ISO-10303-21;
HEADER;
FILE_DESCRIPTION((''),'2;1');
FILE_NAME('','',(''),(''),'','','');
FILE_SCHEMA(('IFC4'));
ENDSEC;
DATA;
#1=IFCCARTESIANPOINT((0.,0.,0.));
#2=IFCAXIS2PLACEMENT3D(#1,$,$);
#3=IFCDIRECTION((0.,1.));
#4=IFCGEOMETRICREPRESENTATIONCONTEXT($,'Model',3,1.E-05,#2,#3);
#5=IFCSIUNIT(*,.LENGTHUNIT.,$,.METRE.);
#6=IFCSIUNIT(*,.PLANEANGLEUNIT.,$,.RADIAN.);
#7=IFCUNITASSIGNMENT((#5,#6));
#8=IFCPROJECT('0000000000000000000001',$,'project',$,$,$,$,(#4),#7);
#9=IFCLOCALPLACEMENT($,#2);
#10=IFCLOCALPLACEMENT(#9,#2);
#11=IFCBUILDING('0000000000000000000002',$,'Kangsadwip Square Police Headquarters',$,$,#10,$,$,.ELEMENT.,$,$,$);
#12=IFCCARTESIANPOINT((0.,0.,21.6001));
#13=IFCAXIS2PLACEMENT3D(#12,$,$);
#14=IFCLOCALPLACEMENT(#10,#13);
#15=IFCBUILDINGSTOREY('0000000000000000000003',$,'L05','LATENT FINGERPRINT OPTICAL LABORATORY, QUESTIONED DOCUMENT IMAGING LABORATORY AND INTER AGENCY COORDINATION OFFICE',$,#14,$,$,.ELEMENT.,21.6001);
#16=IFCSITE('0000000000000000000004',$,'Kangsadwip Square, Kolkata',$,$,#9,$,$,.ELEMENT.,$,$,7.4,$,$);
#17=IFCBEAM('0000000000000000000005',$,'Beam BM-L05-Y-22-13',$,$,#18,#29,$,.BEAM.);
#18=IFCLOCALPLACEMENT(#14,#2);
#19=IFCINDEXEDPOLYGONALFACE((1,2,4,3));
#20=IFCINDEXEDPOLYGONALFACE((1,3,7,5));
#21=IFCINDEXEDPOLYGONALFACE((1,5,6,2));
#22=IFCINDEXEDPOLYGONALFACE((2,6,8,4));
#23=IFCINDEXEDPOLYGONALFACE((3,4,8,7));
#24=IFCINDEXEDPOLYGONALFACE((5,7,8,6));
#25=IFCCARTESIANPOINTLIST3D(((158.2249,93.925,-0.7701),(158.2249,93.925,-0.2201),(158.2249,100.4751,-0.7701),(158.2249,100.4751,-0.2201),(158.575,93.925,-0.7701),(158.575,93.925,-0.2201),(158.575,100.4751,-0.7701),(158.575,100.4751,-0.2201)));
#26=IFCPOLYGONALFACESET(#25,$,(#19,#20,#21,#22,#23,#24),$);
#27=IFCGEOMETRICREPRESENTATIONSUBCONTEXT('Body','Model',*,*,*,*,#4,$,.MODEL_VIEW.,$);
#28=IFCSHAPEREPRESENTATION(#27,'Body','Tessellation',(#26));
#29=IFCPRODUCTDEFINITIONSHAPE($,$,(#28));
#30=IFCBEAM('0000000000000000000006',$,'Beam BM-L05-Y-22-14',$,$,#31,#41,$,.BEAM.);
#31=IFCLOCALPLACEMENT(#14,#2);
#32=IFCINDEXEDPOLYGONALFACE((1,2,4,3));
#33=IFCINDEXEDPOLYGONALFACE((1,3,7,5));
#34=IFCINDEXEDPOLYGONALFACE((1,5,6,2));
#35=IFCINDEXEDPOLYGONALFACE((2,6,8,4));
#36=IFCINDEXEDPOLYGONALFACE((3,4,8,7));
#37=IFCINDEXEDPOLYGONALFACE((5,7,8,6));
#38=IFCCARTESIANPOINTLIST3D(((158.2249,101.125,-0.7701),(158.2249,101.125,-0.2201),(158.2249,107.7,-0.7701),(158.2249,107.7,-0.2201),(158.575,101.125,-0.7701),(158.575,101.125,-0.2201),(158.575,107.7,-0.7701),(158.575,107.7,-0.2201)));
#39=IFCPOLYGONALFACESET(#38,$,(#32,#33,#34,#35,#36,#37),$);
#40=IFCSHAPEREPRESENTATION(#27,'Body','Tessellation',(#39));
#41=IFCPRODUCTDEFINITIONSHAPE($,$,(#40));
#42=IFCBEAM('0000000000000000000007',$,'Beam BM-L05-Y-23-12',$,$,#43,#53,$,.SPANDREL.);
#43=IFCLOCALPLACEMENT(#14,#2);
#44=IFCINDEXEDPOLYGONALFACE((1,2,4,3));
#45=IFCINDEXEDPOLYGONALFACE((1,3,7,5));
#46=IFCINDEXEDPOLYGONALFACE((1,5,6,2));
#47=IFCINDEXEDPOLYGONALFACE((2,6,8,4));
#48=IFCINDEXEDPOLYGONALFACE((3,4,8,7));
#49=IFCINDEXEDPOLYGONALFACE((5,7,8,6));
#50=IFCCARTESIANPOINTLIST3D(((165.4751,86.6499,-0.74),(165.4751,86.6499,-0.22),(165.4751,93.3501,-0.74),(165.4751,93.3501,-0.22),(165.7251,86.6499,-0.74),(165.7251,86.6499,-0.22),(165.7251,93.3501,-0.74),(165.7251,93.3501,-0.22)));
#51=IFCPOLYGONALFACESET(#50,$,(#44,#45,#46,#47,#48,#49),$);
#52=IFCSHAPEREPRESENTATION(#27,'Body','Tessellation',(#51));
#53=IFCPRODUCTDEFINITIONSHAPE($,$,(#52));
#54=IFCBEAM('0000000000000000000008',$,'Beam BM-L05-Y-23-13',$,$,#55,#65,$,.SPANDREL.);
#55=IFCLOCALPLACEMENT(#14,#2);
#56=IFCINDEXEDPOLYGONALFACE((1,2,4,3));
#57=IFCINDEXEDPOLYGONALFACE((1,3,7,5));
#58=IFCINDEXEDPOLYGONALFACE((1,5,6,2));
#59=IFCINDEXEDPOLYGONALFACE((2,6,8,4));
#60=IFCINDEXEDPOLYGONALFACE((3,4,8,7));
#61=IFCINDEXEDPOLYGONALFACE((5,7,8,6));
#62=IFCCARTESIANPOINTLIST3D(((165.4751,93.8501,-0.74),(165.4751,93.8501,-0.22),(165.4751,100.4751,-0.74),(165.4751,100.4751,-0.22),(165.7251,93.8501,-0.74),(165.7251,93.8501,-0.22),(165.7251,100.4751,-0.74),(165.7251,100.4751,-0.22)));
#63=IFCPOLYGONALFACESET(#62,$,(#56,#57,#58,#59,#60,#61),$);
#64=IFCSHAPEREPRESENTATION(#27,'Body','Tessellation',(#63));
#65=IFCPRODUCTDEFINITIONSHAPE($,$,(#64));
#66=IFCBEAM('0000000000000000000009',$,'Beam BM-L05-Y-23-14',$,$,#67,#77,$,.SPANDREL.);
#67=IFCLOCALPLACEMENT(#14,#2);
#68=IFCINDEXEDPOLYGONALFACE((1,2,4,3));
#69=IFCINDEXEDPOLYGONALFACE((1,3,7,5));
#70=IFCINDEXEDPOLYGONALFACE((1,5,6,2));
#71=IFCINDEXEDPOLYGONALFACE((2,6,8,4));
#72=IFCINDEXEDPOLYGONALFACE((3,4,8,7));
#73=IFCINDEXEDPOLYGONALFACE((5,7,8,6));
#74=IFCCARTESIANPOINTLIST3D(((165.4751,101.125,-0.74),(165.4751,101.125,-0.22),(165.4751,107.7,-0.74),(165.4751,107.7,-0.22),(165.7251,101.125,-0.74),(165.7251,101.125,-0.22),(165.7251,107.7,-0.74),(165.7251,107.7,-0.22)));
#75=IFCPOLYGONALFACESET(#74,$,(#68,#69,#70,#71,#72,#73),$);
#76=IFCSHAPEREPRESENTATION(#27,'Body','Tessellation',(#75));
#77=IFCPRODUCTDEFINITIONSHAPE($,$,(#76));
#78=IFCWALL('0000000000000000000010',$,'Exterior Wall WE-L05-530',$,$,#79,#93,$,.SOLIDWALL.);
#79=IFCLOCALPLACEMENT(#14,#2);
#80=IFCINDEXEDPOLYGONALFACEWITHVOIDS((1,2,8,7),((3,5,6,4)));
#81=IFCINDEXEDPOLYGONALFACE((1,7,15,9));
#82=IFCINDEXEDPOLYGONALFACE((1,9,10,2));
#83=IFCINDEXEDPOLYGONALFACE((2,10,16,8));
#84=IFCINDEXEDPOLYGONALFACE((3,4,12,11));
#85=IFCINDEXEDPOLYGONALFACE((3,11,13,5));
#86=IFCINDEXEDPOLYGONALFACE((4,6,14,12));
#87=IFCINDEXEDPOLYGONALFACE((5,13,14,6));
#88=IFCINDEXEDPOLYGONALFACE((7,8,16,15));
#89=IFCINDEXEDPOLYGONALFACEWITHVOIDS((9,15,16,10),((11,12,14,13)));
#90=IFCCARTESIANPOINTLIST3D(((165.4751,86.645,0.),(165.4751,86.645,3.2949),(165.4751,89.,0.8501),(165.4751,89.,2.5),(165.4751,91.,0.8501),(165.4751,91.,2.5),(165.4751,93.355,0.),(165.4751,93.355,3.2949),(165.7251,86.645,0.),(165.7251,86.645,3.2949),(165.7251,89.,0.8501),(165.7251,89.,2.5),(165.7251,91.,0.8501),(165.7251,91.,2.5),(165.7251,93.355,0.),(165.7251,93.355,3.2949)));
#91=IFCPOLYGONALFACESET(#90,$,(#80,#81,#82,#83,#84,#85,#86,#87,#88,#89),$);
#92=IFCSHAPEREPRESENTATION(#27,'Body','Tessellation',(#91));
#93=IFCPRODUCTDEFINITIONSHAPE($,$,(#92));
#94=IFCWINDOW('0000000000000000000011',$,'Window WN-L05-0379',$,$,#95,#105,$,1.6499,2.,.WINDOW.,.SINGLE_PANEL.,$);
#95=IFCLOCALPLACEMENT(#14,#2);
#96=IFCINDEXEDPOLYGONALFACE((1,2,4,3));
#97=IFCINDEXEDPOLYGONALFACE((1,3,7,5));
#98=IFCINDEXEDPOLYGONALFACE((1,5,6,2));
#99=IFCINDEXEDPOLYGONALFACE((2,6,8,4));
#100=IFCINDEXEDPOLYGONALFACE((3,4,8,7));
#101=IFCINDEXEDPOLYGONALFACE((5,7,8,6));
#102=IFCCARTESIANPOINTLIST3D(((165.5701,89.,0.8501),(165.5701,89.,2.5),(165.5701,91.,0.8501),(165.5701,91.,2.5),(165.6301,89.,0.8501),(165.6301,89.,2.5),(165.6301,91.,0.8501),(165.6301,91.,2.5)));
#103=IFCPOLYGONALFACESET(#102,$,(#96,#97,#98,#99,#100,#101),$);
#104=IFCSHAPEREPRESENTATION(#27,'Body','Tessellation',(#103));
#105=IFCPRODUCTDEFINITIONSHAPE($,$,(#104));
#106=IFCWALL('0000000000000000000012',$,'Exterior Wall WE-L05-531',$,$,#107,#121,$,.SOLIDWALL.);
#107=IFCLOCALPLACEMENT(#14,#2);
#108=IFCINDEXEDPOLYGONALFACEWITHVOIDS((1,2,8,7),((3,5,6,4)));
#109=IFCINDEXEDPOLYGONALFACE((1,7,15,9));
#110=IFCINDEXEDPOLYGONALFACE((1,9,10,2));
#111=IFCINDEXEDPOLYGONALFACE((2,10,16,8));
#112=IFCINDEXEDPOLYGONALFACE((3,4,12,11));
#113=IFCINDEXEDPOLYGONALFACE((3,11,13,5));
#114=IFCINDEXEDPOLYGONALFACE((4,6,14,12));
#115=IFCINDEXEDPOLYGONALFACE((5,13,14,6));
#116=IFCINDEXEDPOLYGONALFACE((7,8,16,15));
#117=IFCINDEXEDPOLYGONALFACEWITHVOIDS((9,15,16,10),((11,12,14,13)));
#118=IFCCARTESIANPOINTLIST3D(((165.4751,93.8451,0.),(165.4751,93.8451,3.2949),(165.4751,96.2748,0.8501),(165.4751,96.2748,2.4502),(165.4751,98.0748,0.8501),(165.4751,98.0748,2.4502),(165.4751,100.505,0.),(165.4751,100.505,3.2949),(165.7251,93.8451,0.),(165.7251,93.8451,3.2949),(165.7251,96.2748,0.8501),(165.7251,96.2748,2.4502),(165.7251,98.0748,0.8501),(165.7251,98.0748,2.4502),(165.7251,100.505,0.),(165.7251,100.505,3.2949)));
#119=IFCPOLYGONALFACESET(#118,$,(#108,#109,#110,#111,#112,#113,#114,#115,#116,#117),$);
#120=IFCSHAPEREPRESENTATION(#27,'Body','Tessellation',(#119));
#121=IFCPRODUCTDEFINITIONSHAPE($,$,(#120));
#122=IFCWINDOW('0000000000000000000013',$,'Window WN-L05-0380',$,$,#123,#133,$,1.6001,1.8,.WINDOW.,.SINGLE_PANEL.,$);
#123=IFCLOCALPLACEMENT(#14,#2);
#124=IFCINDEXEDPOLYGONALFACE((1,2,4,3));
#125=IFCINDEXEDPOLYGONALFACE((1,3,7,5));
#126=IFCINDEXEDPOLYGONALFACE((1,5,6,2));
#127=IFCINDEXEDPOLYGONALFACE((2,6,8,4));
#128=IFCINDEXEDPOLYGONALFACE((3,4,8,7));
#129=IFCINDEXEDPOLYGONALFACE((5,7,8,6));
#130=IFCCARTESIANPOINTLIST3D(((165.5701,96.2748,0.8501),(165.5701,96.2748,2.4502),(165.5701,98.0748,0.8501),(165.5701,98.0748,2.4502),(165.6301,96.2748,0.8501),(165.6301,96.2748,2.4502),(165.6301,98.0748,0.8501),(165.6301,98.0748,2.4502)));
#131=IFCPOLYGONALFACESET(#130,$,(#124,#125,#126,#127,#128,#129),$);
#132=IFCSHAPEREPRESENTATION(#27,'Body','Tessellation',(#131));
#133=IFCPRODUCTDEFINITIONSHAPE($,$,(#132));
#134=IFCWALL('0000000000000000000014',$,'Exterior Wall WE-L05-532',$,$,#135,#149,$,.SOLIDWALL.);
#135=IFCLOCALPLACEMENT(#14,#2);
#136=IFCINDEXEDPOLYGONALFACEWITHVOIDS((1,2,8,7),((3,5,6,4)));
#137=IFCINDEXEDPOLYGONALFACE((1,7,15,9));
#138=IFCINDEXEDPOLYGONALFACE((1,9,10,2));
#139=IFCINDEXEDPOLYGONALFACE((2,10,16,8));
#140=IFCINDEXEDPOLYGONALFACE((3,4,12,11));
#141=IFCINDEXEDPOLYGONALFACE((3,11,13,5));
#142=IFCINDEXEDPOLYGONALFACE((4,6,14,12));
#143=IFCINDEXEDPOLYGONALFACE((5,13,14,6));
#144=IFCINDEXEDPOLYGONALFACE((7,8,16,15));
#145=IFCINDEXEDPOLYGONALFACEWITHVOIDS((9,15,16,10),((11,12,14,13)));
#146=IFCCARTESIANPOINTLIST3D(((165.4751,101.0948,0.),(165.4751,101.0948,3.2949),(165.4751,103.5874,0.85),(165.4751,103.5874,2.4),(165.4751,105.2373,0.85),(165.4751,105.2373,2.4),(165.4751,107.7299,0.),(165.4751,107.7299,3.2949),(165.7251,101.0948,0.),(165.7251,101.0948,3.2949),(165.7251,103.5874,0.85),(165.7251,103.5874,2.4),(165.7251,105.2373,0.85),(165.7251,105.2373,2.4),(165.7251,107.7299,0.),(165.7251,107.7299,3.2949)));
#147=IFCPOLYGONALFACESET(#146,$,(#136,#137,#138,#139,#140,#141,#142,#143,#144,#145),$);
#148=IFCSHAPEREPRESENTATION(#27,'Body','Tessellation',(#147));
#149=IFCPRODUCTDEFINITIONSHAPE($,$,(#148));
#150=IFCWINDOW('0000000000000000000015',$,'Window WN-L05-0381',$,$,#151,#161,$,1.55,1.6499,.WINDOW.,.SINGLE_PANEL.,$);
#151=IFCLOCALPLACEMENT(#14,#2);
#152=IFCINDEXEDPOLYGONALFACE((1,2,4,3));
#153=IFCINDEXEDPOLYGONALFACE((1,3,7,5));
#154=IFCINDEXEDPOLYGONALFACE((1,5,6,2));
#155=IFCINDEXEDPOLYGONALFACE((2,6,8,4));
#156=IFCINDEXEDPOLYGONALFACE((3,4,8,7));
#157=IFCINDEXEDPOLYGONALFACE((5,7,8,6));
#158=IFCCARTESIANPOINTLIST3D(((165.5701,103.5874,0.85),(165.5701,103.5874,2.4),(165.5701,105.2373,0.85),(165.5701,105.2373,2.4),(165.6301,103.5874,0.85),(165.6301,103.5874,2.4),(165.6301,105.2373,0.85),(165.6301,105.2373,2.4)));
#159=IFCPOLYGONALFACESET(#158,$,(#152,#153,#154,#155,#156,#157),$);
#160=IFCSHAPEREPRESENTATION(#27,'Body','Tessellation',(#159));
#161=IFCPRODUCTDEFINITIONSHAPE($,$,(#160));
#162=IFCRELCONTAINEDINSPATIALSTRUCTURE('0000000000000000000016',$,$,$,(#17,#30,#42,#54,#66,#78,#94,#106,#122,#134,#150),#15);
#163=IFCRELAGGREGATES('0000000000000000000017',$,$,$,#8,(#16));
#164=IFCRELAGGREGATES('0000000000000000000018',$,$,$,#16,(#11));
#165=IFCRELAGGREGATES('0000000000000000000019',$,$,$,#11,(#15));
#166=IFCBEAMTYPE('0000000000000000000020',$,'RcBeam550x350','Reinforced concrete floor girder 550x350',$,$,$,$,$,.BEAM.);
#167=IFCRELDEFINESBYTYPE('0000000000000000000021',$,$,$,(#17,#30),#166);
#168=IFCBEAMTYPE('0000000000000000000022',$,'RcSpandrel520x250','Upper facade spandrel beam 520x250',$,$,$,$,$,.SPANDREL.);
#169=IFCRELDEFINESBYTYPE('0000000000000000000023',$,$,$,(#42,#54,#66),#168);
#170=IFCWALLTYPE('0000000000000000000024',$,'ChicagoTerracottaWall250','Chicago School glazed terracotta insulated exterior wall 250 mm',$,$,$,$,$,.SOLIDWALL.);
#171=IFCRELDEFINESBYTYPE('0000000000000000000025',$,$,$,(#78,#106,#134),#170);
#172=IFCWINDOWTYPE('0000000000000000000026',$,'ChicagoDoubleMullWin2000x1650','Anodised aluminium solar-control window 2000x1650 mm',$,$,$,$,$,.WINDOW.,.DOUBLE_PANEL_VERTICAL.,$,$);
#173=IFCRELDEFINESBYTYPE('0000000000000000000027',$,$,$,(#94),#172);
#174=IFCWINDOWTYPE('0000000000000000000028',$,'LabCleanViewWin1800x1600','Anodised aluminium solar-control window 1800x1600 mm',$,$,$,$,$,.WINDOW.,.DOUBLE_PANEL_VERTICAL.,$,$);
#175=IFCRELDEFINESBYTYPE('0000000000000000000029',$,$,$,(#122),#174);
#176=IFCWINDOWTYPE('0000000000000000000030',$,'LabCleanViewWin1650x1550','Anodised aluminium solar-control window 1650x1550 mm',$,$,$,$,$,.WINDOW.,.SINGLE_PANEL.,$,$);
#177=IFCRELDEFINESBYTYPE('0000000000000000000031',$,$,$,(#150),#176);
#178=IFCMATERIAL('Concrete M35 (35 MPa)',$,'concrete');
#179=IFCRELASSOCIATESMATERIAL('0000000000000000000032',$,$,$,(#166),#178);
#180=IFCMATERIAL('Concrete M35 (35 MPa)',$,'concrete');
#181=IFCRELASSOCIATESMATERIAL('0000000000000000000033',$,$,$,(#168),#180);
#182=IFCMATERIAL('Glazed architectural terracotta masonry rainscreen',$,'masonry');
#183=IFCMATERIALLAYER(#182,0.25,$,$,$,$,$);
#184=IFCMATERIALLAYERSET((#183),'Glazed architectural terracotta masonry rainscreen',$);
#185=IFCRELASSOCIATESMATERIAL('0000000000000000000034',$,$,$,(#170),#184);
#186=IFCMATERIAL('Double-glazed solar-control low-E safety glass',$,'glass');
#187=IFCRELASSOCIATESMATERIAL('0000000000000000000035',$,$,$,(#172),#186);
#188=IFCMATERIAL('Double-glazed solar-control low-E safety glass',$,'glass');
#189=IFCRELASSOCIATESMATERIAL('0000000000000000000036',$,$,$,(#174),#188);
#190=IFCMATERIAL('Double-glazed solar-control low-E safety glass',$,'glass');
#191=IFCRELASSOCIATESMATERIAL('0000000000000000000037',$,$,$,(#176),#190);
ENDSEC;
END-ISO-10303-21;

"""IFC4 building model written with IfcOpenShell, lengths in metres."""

from ifc_helpers import new_model, si_unit, direction, frame, frame_2d, origin, origin_2d, place, context, subcontext, project, spatial, rectangle, extrude, material, layer, layer_set, material_profile, profile_set, type_object, element, fill, save


model = new_model("IFC4")

# Units and contexts
model_context = context("Model", 3, precision=1e-05, world=origin(), true_north=direction((0.0, 1.0)))
body_context = subcontext(model_context, "Body", "Model", "MODEL_VIEW")
ifc_project = project(units=[si_unit("LENGTHUNIT", "METRE"), si_unit("PLANEANGLEUNIT", "RADIAN")], contexts=[model_context])

# Site, building, storey
site_placement = place(None, origin())
site = spatial("IfcSite", under=ifc_project, at=site_placement, Name="Kangsadwip Square, Kolkata", CompositionType="ELEMENT", RefElevation=7.4)
building_placement = place(site_placement, origin())
building = spatial("IfcBuilding", under=site, at=building_placement, Name="Kangsadwip Square Police Headquarters", CompositionType="ELEMENT")
storey_placement = place(building_placement, frame((0.0, 0.0, 21.6001)))
storey = spatial("IfcBuildingStorey", under=building, at=storey_placement, Name="L05", Description="LATENT FINGERPRINT OPTICAL LABORATORY, QUESTIONED DOCUMENT IMAGING LABORATORY AND INTER AGENCY COORDINATION OFFICE", CompositionType="ELEMENT", Elevation=21.6001)

# Beams
ifc_material_1 = material(Name="Concrete M35 (35 MPa)", Category="concrete")
ifc_material_profile_1 = material_profile(ifc_material_1, rectangle(XDim=0.3501, YDim=0.55, at=origin_2d()), Name="RC BM 550X350")
ifc_profile_set_1 = profile_set([ifc_material_profile_1], Name="Concrete M35 (35 MPa)")
beam_type_1 = type_object("IfcBeamType", Name="RcBeam550x350", Description="Reinforced concrete floor girder 550x350", PredefinedType="BEAM", material=ifc_profile_set_1)
beam_1_placement = place(storey_placement, frame((158.3999, 93.925, -0.4951), z_axis=(0.0, 1.0, 0.0), x_axis=(-1.0, 0.0, 0.0)))
element("IfcBeam", 1, at=beam_1_placement, inside=storey, type_object=beam_type_1, Name="Beam BM-L05-Y-22-13", PredefinedType="BEAM", context=body_context, shape_type="SweptSolid", body=[
    extrude(rectangle(XDim=0.3501, YDim=0.55, at=origin_2d()), origin(), (0.0, 0.0, 1.0), 6.55),
])
beam_2_placement = place(storey_placement, frame((158.3999, 101.125, -0.4951), z_axis=(0.0, 1.0, 0.0), x_axis=(-1.0, 0.0, 0.0)))
element("IfcBeam", 2, at=beam_2_placement, inside=storey, type_object=beam_type_1, Name="Beam BM-L05-Y-22-14", PredefinedType="BEAM", context=body_context, shape_type="SweptSolid", body=[
    extrude(rectangle(XDim=0.3501, YDim=0.55, at=origin_2d()), origin(), (0.0, 0.0, 1.0), 6.575),
])
ifc_material_2 = material(Name="Concrete M35 (35 MPa)", Category="concrete")
ifc_material_profile_2 = material_profile(ifc_material_2, rectangle(XDim=0.25, YDim=0.52, at=origin_2d()), Name="RC SPN 520X250")
ifc_profile_set_2 = profile_set([ifc_material_profile_2], Name="Concrete M35 (35 MPa)")
beam_type_2 = type_object("IfcBeamType", Name="RcSpandrel520x250", Description="Upper facade spandrel beam 520x250", PredefinedType="SPANDREL", material=ifc_profile_set_2)
beam_3_placement = place(storey_placement, frame((165.6001, 86.6499, -0.48), z_axis=(0.0, 1.0, 0.0), x_axis=(-1.0, 0.0, 0.0)))
element("IfcBeam", 3, at=beam_3_placement, inside=storey, type_object=beam_type_2, Name="Beam BM-L05-Y-23-12", PredefinedType="SPANDREL", context=body_context, shape_type="SweptSolid", body=[
    extrude(rectangle(XDim=0.25, YDim=0.52, at=origin_2d()), origin(), (0.0, 0.0, 1.0), 6.7002),
])
beam_4_placement = place(storey_placement, frame((165.6001, 93.8501, -0.48), z_axis=(0.0, 1.0, 0.0), x_axis=(-1.0, 0.0, 0.0)))
element("IfcBeam", 4, at=beam_4_placement, inside=storey, type_object=beam_type_2, Name="Beam BM-L05-Y-23-13", PredefinedType="SPANDREL", context=body_context, shape_type="SweptSolid", body=[
    extrude(rectangle(XDim=0.25, YDim=0.52, at=origin_2d()), origin(), (0.0, 0.0, 1.0), 6.625),
])
beam_5_placement = place(storey_placement, frame((165.6001, 101.125, -0.48), z_axis=(0.0, 1.0, 0.0), x_axis=(-1.0, 0.0, 0.0)))
element("IfcBeam", 5, at=beam_5_placement, inside=storey, type_object=beam_type_2, Name="Beam BM-L05-Y-23-14", PredefinedType="SPANDREL", context=body_context, shape_type="SweptSolid", body=[
    extrude(rectangle(XDim=0.25, YDim=0.52, at=origin_2d()), origin(), (0.0, 0.0, 1.0), 6.575),
])

# Walls, openings, windows
ifc_material_3 = material(Name="Glazed architectural terracotta masonry rainscreen", Category="masonry")
ifc_layer_1 = layer(ifc_material_3, 0.25)
ifc_layer_set_1 = layer_set([ifc_layer_1], Name="Glazed architectural terracotta masonry rainscreen")
wall_type_1 = type_object("IfcWallType", Name="ChicagoTerracottaWall250", Description="Chicago School glazed terracotta insulated exterior wall 250 mm", PredefinedType="SOLIDWALL", material=ifc_layer_set_1)
wall_1_placement = place(storey_placement, frame((165.6001, 86.645, 0.0), z_axis=(0.0, 0.0, 1.0), x_axis=(0.0, 1.0, 0.0)))
wall_1 = element("IfcWall", 6, at=wall_1_placement, inside=storey, type_object=wall_type_1, Name="Exterior Wall WE-L05-530", PredefinedType="SOLIDWALL", context=body_context, shape_type="SweptSolid", body=[
    extrude(rectangle(XDim=6.71, YDim=0.25, at=frame_2d((3.355, 0.0))), origin(), (0.0, 0.0, 1.0), 3.2949),
])
opening_1_placement = place(wall_1_placement, frame((2.355, 0.0, 0.8501)))
opening_1 = element("IfcOpeningElement", 7, at=opening_1_placement, cuts=wall_1, PredefinedType="OPENING", context=body_context, shape_type="SweptSolid", body=[
    extrude(rectangle(XDim=2.0, YDim=1.6499, at=frame_2d((1.0, 0.825))), frame((0.0, 0.135, 0.0), z_axis=(0.0, -1.0, 0.0), x_axis=(1.0, 0.0, 0.0)), (0.0, 0.0, 1.0), 0.27),
])
ifc_material_4 = material(Name="Double-glazed solar-control low-E safety glass", Category="glass")
window_type_1 = type_object("IfcWindowType", Name="ChicagoDoubleMullWin2000x1650", Description="Anodised aluminium solar-control window 2000x1650 mm", PartitioningType="DOUBLE_PANEL_VERTICAL", PredefinedType="WINDOW", material=ifc_material_4)
window_1_placement = place(opening_1_placement, origin())
window_1 = element("IfcWindow", 8, at=window_1_placement, inside=storey, type_object=window_type_1, Name="Window WN-L05-0379", OverallHeight=1.6499, OverallWidth=2.0, PartitioningType="SINGLE_PANEL", PredefinedType="WINDOW", context=body_context, shape_type="SweptSolid", body=[
    extrude(rectangle(XDim=2.0, YDim=1.6499, at=frame_2d((1.0, 0.825))), frame((0.0, 0.03, 0.0), z_axis=(0.0, -1.0, 0.0), x_axis=(1.0, 0.0, 0.0)), (0.0, 0.0, 1.0), 0.0601),
])
fill(opening_1, window_1)
wall_2_placement = place(storey_placement, frame((165.6001, 93.845, 0.0), z_axis=(0.0, 0.0, 1.0), x_axis=(0.0, 1.0, 0.0)))
wall_2 = element("IfcWall", 9, at=wall_2_placement, inside=storey, type_object=wall_type_1, Name="Exterior Wall WE-L05-531", PredefinedType="SOLIDWALL", context=body_context, shape_type="SweptSolid", body=[
    extrude(rectangle(XDim=6.6599, YDim=0.25, at=frame_2d((3.3301, 0.0))), origin(), (0.0, 0.0, 1.0), 3.2949),
])
opening_2_placement = place(wall_2_placement, frame((2.4299, 0.0, 0.8501)))
opening_2 = element("IfcOpeningElement", 10, at=opening_2_placement, cuts=wall_2, PredefinedType="OPENING", context=body_context, shape_type="SweptSolid", body=[
    extrude(rectangle(XDim=1.8, YDim=1.6001, at=frame_2d((0.8999, 0.8))), frame((0.0, 0.135, 0.0), z_axis=(0.0, -1.0, 0.0), x_axis=(1.0, 0.0, 0.0)), (0.0, 0.0, 1.0), 0.27),
])
ifc_material_5 = material(Name="Double-glazed solar-control low-E safety glass", Category="glass")
window_type_2 = type_object("IfcWindowType", Name="LabCleanViewWin1800x1600", Description="Anodised aluminium solar-control window 1800x1600 mm", PartitioningType="DOUBLE_PANEL_VERTICAL", PredefinedType="WINDOW", material=ifc_material_5)
window_2_placement = place(opening_2_placement, origin())
window_2 = element("IfcWindow", 11, at=window_2_placement, inside=storey, type_object=window_type_2, Name="Window WN-L05-0380", OverallHeight=1.6001, OverallWidth=1.8, PartitioningType="SINGLE_PANEL", PredefinedType="WINDOW", context=body_context, shape_type="SweptSolid", body=[
    extrude(rectangle(XDim=1.8, YDim=1.6001, at=frame_2d((0.8999, 0.8))), frame((0.0, 0.03, 0.0), z_axis=(0.0, -1.0, 0.0), x_axis=(1.0, 0.0, 0.0)), (0.0, 0.0, 1.0), 0.0601),
])
fill(opening_2, window_2)
wall_3_placement = place(storey_placement, frame((165.6001, 101.095, 0.0), z_axis=(0.0, 0.0, 1.0), x_axis=(0.0, 1.0, 0.0)))
wall_3 = element("IfcWall", 12, at=wall_3_placement, inside=storey, type_object=wall_type_1, Name="Exterior Wall WE-L05-532", PredefinedType="SOLIDWALL", context=body_context, shape_type="SweptSolid", body=[
    extrude(rectangle(XDim=6.635, YDim=0.25, at=frame_2d((3.3174, 0.0))), origin(), (0.0, 0.0, 1.0), 3.2949),
])
opening_3_placement = place(wall_3_placement, frame((2.4924, 0.0, 0.8501)))
opening_3 = element("IfcOpeningElement", 13, at=opening_3_placement, cuts=wall_3, PredefinedType="OPENING", context=body_context, shape_type="SweptSolid", body=[
    extrude(rectangle(XDim=1.6499, YDim=1.55, at=frame_2d((0.825, 0.7749))), frame((0.0, 0.135, 0.0), z_axis=(0.0, -1.0, 0.0), x_axis=(1.0, 0.0, 0.0)), (0.0, 0.0, 1.0), 0.27),
])
ifc_material_6 = material(Name="Double-glazed solar-control low-E safety glass", Category="glass")
window_type_3 = type_object("IfcWindowType", Name="LabCleanViewWin1650x1550", Description="Anodised aluminium solar-control window 1650x1550 mm", PartitioningType="SINGLE_PANEL", PredefinedType="WINDOW", material=ifc_material_6)
window_3_placement = place(opening_3_placement, origin())
window_3 = element("IfcWindow", 14, at=window_3_placement, inside=storey, type_object=window_type_3, Name="Window WN-L05-0381", OverallHeight=1.55, OverallWidth=1.6499, PartitioningType="SINGLE_PANEL", PredefinedType="WINDOW", context=body_context, shape_type="SweptSolid", body=[
    extrude(rectangle(XDim=1.6499, YDim=1.55, at=frame_2d((0.825, 0.7749))), frame((0.0, 0.03, 0.0), z_axis=(0.0, -1.0, 0.0), x_axis=(1.0, 0.0, 0.0)), (0.0, 0.0, 1.0), 0.0601),
])
fill(opening_3, window_3)

save(model, "model.ifc")
